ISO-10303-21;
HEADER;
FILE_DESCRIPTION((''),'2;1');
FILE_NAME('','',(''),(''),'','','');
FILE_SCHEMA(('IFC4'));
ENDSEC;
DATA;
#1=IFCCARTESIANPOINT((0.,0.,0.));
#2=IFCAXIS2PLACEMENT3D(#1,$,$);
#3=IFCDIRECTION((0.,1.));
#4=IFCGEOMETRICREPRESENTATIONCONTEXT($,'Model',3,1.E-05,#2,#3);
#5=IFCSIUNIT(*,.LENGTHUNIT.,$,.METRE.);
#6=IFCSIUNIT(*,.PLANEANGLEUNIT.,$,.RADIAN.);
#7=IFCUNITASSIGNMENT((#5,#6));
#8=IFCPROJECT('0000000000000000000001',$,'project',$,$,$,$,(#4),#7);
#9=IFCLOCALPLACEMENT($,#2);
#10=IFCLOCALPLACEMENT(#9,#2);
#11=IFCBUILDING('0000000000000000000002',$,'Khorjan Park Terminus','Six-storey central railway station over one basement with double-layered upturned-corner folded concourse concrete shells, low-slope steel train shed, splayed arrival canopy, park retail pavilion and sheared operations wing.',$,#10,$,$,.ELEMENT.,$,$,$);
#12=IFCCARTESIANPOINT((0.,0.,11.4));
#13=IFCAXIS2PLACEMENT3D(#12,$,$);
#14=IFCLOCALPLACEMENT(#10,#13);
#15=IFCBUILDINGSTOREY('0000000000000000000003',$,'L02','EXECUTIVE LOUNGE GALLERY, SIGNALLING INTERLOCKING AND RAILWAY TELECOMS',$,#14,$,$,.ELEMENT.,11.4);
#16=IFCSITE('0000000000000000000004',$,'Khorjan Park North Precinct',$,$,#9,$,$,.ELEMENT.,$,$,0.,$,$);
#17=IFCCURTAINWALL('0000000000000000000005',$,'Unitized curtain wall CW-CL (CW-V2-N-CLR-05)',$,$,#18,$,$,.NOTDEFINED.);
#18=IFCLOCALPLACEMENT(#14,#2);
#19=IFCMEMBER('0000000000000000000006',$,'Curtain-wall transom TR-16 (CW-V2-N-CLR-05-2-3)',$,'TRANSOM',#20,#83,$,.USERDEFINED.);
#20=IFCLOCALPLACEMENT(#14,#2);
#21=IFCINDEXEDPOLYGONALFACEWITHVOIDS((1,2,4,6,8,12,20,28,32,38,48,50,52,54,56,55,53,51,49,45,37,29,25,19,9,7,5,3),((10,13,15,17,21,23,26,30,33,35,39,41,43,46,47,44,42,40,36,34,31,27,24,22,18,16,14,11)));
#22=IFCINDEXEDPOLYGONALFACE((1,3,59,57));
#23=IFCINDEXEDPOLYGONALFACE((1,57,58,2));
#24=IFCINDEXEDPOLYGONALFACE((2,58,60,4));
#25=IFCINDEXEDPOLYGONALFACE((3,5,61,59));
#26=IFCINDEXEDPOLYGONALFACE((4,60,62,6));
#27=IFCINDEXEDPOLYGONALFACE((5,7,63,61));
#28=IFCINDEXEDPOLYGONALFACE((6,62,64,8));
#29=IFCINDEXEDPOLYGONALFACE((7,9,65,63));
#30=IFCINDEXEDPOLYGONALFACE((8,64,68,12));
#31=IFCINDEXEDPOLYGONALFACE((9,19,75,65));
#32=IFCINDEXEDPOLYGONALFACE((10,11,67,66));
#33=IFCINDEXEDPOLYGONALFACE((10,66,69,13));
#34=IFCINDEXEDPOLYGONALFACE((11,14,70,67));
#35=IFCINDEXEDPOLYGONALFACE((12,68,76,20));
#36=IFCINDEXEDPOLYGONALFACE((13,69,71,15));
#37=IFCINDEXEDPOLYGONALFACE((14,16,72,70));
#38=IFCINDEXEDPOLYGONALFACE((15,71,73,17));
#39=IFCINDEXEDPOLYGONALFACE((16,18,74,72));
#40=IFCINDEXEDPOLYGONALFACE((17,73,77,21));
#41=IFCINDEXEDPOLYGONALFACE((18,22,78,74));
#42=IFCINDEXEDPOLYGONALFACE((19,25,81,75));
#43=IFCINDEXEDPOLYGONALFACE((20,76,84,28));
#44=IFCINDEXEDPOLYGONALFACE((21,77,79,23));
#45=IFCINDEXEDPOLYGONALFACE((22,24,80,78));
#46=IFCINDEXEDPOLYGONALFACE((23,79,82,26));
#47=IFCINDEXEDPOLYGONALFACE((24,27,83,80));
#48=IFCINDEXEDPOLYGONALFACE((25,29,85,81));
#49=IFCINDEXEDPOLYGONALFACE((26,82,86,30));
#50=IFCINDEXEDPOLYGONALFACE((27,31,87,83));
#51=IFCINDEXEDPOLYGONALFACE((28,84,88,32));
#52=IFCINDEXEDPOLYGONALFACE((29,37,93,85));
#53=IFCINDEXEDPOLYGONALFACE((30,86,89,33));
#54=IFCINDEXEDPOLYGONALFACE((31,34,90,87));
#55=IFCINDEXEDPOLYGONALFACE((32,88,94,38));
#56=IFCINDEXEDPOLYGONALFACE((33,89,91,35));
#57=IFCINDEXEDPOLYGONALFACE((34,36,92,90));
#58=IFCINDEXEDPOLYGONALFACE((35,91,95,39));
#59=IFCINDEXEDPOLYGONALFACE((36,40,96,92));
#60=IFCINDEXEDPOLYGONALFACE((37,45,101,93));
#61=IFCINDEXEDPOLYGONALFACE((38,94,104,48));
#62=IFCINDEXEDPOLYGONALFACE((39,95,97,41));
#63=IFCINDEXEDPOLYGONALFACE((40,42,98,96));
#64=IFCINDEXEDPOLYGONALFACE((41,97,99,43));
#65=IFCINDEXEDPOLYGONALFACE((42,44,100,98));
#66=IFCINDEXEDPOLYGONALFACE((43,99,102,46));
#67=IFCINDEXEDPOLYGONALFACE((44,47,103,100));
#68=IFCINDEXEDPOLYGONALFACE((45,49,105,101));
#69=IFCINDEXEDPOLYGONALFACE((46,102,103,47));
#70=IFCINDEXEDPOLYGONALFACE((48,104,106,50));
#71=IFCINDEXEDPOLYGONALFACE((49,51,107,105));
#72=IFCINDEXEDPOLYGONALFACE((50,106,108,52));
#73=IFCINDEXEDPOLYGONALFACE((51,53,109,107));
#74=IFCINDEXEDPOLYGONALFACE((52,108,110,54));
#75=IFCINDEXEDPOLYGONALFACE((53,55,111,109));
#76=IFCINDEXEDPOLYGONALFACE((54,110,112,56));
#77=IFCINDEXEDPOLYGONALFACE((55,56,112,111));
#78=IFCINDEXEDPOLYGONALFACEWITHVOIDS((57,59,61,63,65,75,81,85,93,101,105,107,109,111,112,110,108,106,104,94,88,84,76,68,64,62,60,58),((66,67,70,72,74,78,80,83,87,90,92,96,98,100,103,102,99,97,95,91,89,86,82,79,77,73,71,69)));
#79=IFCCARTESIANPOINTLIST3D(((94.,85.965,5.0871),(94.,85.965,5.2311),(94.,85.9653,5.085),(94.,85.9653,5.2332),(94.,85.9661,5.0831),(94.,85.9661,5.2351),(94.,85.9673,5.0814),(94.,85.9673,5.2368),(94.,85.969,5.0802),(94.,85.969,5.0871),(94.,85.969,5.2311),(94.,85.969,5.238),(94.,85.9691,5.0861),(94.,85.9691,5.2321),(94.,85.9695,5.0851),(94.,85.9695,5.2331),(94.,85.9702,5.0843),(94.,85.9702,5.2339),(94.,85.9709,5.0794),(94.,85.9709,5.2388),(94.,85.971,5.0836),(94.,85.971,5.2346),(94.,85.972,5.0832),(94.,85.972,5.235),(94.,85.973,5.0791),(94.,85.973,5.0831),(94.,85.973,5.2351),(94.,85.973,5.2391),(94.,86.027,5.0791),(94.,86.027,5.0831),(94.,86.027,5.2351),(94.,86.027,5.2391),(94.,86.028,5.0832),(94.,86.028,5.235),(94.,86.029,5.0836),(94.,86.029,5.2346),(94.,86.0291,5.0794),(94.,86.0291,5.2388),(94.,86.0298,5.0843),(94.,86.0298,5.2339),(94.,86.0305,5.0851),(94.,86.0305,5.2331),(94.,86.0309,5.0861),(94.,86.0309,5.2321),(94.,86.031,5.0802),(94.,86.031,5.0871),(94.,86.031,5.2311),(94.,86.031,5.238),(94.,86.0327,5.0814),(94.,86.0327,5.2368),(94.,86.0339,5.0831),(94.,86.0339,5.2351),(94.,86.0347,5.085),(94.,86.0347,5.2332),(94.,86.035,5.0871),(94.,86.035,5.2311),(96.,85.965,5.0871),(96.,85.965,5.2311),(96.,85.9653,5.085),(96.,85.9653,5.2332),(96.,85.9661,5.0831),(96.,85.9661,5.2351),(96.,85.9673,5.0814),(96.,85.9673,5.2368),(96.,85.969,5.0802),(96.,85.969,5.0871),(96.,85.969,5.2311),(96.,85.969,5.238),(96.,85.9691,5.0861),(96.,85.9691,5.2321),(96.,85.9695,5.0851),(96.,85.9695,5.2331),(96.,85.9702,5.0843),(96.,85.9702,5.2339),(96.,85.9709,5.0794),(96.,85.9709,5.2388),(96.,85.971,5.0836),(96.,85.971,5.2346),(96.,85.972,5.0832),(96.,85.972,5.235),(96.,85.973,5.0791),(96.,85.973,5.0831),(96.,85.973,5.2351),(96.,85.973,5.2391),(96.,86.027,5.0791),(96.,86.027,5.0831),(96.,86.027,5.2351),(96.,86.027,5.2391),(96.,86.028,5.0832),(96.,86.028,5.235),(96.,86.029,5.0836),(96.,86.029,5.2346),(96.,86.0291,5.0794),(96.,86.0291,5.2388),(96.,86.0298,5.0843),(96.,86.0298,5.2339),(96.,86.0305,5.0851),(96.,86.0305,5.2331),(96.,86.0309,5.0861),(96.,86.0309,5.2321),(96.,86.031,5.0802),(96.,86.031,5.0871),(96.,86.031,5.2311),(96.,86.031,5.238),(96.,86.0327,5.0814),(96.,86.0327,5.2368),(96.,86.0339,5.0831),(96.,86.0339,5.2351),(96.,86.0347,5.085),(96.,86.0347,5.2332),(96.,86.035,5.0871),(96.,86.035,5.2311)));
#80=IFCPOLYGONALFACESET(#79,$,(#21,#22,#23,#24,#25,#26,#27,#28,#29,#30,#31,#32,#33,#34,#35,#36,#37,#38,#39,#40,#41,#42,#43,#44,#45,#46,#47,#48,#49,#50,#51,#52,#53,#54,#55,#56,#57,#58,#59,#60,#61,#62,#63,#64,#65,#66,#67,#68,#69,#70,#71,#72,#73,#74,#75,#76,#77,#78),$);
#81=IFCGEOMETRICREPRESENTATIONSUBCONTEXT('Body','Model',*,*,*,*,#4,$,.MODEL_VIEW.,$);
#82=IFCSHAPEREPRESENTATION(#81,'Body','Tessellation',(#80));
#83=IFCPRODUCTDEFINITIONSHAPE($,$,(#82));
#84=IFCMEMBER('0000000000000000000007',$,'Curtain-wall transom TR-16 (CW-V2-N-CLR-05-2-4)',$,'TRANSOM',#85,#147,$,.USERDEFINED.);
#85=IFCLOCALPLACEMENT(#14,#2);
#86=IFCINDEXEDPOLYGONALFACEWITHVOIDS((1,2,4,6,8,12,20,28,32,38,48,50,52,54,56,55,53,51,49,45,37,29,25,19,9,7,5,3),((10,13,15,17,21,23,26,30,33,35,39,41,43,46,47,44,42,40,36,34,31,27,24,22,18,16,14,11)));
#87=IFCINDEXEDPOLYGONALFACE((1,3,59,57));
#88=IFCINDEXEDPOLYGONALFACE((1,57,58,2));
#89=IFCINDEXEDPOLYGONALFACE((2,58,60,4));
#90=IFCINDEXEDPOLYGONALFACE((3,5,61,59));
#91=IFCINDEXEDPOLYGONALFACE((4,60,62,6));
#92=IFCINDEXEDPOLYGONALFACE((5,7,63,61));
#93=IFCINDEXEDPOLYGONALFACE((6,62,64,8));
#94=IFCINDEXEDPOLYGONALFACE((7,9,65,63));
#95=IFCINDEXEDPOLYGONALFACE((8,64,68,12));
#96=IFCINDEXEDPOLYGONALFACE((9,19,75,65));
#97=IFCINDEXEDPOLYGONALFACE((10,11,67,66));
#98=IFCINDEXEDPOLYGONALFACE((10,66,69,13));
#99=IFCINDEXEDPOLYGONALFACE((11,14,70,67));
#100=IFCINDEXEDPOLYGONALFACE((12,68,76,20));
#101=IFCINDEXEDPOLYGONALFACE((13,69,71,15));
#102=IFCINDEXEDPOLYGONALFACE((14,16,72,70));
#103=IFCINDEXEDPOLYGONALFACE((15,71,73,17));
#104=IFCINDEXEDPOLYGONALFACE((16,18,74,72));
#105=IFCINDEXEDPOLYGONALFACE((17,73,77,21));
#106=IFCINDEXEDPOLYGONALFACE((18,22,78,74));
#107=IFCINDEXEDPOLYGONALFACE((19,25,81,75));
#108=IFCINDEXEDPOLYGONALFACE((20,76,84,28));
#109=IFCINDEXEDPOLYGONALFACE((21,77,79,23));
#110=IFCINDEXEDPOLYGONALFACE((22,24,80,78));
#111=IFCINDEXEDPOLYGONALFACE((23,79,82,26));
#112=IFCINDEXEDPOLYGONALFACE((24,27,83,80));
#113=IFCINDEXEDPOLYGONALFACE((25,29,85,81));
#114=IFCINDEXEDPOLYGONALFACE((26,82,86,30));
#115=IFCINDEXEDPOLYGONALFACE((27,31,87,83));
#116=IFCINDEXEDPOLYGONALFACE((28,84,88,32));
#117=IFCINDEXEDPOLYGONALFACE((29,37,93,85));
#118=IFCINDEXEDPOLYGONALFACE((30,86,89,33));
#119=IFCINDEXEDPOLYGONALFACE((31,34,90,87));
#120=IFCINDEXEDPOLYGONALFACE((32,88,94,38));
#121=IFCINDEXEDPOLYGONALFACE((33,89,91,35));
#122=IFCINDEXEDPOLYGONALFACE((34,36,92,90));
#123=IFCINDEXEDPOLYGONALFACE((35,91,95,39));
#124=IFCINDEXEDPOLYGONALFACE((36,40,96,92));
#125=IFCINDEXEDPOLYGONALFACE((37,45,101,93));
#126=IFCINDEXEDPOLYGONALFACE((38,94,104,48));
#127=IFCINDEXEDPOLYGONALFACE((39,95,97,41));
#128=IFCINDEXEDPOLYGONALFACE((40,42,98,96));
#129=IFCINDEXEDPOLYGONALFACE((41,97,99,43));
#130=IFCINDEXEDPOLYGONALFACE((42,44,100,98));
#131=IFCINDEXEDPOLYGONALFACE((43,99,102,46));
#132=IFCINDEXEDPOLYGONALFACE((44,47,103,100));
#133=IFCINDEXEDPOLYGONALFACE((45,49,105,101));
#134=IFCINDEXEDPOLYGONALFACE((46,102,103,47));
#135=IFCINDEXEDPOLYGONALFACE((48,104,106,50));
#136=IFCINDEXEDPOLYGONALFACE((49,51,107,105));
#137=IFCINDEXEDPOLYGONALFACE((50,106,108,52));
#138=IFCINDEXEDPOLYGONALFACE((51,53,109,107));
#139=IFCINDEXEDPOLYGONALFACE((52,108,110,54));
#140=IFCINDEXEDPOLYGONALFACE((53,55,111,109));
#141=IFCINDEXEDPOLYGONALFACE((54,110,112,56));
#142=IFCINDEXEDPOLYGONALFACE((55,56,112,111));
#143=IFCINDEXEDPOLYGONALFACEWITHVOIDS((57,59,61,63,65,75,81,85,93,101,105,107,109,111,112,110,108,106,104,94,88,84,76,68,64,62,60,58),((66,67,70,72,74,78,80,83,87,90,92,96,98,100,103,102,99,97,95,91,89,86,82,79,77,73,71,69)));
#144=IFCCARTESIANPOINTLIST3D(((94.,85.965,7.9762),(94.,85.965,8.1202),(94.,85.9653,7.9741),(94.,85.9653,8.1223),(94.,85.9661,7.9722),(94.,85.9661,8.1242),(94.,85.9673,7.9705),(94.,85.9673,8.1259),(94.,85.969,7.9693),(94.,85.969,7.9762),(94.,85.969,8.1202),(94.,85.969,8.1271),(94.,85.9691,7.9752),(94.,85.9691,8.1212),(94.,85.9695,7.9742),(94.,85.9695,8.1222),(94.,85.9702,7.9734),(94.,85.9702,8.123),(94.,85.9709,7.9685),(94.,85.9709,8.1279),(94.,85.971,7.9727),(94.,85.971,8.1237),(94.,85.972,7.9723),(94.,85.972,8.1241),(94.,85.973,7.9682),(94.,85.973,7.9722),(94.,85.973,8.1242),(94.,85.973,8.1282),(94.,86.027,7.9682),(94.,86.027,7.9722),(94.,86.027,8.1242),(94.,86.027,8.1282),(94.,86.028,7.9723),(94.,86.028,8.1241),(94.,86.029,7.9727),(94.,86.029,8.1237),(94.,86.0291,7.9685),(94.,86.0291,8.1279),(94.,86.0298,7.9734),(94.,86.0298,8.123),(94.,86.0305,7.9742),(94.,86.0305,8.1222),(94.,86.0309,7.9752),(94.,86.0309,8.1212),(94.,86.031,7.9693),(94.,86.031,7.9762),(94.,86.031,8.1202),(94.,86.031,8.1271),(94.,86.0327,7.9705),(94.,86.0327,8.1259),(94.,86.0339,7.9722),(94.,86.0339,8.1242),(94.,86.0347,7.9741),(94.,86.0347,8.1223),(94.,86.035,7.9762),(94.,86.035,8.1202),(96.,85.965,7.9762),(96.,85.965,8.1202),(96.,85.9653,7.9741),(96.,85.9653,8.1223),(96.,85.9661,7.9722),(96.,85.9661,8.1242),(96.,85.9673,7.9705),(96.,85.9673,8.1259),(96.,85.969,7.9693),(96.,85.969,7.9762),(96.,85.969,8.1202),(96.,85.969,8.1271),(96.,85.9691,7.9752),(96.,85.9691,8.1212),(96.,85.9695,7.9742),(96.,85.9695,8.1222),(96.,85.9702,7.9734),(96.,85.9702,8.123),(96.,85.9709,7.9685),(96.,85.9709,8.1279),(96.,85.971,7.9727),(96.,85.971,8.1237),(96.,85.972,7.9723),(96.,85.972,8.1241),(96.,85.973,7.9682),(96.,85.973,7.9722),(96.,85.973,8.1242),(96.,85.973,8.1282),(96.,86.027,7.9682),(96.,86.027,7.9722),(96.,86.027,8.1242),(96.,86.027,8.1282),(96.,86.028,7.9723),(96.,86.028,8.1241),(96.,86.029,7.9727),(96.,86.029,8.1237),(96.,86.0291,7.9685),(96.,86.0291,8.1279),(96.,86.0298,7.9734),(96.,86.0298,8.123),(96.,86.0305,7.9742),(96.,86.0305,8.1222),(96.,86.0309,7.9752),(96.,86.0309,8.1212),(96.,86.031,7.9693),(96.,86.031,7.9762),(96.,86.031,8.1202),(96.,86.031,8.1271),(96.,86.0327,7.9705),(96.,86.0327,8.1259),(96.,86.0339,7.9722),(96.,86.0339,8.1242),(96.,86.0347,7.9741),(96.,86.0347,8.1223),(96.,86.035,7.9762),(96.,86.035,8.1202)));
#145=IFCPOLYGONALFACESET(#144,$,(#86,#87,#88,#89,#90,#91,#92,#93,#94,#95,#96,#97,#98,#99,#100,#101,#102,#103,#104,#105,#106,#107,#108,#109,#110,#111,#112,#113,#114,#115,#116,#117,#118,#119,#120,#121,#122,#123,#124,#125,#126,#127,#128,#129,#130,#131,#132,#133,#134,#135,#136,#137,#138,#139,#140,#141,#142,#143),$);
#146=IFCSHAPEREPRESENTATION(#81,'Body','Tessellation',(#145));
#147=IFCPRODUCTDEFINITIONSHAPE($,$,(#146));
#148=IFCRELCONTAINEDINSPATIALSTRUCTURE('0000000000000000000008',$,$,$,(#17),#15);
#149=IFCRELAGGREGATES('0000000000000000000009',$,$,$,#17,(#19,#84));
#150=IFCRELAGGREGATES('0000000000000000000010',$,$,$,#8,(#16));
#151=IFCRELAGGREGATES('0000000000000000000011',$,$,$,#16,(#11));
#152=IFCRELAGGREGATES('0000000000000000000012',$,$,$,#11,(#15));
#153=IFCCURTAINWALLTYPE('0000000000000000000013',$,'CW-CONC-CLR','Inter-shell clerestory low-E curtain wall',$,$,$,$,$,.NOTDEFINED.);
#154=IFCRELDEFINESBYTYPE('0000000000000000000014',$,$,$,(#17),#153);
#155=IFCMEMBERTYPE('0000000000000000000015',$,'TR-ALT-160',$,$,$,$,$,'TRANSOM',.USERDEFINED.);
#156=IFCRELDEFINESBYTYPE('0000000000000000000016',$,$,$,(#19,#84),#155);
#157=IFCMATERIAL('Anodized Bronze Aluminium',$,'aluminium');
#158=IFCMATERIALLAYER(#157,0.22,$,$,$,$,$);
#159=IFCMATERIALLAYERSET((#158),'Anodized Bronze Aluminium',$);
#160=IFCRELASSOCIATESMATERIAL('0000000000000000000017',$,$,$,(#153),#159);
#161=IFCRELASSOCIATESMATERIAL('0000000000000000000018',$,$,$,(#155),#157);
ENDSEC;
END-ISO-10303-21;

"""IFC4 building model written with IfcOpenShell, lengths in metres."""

from ifc_helpers import new_model, si_unit, direction, frame, origin, origin_2d, place, context, subcontext, project, spatial, hollow_rectangle, extrude, material, layer, layer_set, material_profile, profile_set, type_object, element, aggregate, save


model = new_model("IFC4")

# Units and contexts
model_context = context("Model", 3, precision=1e-05, world=origin(), true_north=direction((0.0, 1.0)))
body_context = subcontext(model_context, "Body", "Model", "MODEL_VIEW")
ifc_project = project(units=[si_unit("LENGTHUNIT", "METRE"), si_unit("PLANEANGLEUNIT", "RADIAN")], contexts=[model_context])

# Site, building, storey
site_placement = place(None, origin())
site = spatial("IfcSite", under=ifc_project, at=site_placement, Name="Khorjan Park North Precinct", CompositionType="ELEMENT", RefElevation=0.0)
building_placement = place(site_placement, origin())
building = spatial("IfcBuilding", under=site, at=building_placement, Name="Khorjan Park Terminus", Description="Six-storey central railway station over one basement with double-layered upturned-corner folded concourse concrete shells, low-slope steel train shed, splayed arrival canopy, park retail pavilion and sheared operations wing.", CompositionType="ELEMENT")
storey_placement = place(building_placement, frame((0.0, 0.0, 11.4)))
storey = spatial("IfcBuildingStorey", under=building, at=storey_placement, Name="L02", Description="EXECUTIVE LOUNGE GALLERY, SIGNALLING INTERLOCKING AND RAILWAY TELECOMS", CompositionType="ELEMENT", Elevation=11.4)

# Curtain wall
ifc_material_1 = material(Name="Anodized Bronze Aluminium", Category="aluminium")
ifc_layer_1 = layer(ifc_material_1, 0.22)
ifc_layer_set_1 = layer_set([ifc_layer_1], Name="Anodized Bronze Aluminium")
curtain_wall_type = type_object("IfcCurtainWallType", Name="CW-CONC-CLR", Description="Inter-shell clerestory low-E curtain wall", PredefinedType="NOTDEFINED", material=ifc_layer_set_1)
curtain_wall_1_placement = place(storey_placement, origin())
curtain_wall_1 = element("IfcCurtainWall", 1, at=curtain_wall_1_placement, inside=storey, type_object=curtain_wall_type, Name="Unitized curtain wall CW-CL (CW-V2-N-CLR-05)", PredefinedType="NOTDEFINED")

# Members
ifc_material_profile_1 = material_profile(ifc_material_1, hollow_rectangle(XDim=0.07, YDim=0.16, WallThickness=0.004, InnerFilletRadius=0.004, OuterFilletRadius=0.008, at=origin_2d()), Name="ALT 70x160x4")
ifc_profile_set_1 = profile_set([ifc_material_profile_1], Name="Anodized Bronze Aluminium")
member_type_1 = type_object("IfcMemberType", Name="TR-ALT-160", ElementType="TRANSOM", PredefinedType="USERDEFINED", material=ifc_profile_set_1)
member_1_placement = place(storey_placement, frame((96.0, 86.0, 5.1591), z_axis=(-1.0, 0.0, 0.0), x_axis=(0.0, -1.0, 0.0)))
member_1 = element("IfcMember", 2, at=member_1_placement, type_object=member_type_1, Name="Curtain-wall transom TR-16 (CW-V2-N-CLR-05-2-3)", ObjectType="TRANSOM", PredefinedType="USERDEFINED", context=body_context, shape_type="SweptSolid", body=[
    extrude(hollow_rectangle(XDim=0.07, YDim=0.16, WallThickness=0.004, InnerFilletRadius=0.004, OuterFilletRadius=0.008, at=origin_2d()), origin(), (0.0, 0.0, 1.0), 2.0),
])
member_2_placement = place(storey_placement, frame((96.0, 86.0, 8.0482), z_axis=(-1.0, 0.0, 0.0), x_axis=(0.0, -1.0, 0.0)))
member_2 = element("IfcMember", 3, at=member_2_placement, type_object=member_type_1, Name="Curtain-wall transom TR-16 (CW-V2-N-CLR-05-2-4)", ObjectType="TRANSOM", PredefinedType="USERDEFINED", context=body_context, shape_type="SweptSolid", body=[
    extrude(hollow_rectangle(XDim=0.07, YDim=0.16, WallThickness=0.004, InnerFilletRadius=0.004, OuterFilletRadius=0.008, at=origin_2d()), origin(), (0.0, 0.0, 1.0), 2.0),
])

aggregate(curtain_wall_1, [member_1, member_2])

save(model, "model.ifc")
